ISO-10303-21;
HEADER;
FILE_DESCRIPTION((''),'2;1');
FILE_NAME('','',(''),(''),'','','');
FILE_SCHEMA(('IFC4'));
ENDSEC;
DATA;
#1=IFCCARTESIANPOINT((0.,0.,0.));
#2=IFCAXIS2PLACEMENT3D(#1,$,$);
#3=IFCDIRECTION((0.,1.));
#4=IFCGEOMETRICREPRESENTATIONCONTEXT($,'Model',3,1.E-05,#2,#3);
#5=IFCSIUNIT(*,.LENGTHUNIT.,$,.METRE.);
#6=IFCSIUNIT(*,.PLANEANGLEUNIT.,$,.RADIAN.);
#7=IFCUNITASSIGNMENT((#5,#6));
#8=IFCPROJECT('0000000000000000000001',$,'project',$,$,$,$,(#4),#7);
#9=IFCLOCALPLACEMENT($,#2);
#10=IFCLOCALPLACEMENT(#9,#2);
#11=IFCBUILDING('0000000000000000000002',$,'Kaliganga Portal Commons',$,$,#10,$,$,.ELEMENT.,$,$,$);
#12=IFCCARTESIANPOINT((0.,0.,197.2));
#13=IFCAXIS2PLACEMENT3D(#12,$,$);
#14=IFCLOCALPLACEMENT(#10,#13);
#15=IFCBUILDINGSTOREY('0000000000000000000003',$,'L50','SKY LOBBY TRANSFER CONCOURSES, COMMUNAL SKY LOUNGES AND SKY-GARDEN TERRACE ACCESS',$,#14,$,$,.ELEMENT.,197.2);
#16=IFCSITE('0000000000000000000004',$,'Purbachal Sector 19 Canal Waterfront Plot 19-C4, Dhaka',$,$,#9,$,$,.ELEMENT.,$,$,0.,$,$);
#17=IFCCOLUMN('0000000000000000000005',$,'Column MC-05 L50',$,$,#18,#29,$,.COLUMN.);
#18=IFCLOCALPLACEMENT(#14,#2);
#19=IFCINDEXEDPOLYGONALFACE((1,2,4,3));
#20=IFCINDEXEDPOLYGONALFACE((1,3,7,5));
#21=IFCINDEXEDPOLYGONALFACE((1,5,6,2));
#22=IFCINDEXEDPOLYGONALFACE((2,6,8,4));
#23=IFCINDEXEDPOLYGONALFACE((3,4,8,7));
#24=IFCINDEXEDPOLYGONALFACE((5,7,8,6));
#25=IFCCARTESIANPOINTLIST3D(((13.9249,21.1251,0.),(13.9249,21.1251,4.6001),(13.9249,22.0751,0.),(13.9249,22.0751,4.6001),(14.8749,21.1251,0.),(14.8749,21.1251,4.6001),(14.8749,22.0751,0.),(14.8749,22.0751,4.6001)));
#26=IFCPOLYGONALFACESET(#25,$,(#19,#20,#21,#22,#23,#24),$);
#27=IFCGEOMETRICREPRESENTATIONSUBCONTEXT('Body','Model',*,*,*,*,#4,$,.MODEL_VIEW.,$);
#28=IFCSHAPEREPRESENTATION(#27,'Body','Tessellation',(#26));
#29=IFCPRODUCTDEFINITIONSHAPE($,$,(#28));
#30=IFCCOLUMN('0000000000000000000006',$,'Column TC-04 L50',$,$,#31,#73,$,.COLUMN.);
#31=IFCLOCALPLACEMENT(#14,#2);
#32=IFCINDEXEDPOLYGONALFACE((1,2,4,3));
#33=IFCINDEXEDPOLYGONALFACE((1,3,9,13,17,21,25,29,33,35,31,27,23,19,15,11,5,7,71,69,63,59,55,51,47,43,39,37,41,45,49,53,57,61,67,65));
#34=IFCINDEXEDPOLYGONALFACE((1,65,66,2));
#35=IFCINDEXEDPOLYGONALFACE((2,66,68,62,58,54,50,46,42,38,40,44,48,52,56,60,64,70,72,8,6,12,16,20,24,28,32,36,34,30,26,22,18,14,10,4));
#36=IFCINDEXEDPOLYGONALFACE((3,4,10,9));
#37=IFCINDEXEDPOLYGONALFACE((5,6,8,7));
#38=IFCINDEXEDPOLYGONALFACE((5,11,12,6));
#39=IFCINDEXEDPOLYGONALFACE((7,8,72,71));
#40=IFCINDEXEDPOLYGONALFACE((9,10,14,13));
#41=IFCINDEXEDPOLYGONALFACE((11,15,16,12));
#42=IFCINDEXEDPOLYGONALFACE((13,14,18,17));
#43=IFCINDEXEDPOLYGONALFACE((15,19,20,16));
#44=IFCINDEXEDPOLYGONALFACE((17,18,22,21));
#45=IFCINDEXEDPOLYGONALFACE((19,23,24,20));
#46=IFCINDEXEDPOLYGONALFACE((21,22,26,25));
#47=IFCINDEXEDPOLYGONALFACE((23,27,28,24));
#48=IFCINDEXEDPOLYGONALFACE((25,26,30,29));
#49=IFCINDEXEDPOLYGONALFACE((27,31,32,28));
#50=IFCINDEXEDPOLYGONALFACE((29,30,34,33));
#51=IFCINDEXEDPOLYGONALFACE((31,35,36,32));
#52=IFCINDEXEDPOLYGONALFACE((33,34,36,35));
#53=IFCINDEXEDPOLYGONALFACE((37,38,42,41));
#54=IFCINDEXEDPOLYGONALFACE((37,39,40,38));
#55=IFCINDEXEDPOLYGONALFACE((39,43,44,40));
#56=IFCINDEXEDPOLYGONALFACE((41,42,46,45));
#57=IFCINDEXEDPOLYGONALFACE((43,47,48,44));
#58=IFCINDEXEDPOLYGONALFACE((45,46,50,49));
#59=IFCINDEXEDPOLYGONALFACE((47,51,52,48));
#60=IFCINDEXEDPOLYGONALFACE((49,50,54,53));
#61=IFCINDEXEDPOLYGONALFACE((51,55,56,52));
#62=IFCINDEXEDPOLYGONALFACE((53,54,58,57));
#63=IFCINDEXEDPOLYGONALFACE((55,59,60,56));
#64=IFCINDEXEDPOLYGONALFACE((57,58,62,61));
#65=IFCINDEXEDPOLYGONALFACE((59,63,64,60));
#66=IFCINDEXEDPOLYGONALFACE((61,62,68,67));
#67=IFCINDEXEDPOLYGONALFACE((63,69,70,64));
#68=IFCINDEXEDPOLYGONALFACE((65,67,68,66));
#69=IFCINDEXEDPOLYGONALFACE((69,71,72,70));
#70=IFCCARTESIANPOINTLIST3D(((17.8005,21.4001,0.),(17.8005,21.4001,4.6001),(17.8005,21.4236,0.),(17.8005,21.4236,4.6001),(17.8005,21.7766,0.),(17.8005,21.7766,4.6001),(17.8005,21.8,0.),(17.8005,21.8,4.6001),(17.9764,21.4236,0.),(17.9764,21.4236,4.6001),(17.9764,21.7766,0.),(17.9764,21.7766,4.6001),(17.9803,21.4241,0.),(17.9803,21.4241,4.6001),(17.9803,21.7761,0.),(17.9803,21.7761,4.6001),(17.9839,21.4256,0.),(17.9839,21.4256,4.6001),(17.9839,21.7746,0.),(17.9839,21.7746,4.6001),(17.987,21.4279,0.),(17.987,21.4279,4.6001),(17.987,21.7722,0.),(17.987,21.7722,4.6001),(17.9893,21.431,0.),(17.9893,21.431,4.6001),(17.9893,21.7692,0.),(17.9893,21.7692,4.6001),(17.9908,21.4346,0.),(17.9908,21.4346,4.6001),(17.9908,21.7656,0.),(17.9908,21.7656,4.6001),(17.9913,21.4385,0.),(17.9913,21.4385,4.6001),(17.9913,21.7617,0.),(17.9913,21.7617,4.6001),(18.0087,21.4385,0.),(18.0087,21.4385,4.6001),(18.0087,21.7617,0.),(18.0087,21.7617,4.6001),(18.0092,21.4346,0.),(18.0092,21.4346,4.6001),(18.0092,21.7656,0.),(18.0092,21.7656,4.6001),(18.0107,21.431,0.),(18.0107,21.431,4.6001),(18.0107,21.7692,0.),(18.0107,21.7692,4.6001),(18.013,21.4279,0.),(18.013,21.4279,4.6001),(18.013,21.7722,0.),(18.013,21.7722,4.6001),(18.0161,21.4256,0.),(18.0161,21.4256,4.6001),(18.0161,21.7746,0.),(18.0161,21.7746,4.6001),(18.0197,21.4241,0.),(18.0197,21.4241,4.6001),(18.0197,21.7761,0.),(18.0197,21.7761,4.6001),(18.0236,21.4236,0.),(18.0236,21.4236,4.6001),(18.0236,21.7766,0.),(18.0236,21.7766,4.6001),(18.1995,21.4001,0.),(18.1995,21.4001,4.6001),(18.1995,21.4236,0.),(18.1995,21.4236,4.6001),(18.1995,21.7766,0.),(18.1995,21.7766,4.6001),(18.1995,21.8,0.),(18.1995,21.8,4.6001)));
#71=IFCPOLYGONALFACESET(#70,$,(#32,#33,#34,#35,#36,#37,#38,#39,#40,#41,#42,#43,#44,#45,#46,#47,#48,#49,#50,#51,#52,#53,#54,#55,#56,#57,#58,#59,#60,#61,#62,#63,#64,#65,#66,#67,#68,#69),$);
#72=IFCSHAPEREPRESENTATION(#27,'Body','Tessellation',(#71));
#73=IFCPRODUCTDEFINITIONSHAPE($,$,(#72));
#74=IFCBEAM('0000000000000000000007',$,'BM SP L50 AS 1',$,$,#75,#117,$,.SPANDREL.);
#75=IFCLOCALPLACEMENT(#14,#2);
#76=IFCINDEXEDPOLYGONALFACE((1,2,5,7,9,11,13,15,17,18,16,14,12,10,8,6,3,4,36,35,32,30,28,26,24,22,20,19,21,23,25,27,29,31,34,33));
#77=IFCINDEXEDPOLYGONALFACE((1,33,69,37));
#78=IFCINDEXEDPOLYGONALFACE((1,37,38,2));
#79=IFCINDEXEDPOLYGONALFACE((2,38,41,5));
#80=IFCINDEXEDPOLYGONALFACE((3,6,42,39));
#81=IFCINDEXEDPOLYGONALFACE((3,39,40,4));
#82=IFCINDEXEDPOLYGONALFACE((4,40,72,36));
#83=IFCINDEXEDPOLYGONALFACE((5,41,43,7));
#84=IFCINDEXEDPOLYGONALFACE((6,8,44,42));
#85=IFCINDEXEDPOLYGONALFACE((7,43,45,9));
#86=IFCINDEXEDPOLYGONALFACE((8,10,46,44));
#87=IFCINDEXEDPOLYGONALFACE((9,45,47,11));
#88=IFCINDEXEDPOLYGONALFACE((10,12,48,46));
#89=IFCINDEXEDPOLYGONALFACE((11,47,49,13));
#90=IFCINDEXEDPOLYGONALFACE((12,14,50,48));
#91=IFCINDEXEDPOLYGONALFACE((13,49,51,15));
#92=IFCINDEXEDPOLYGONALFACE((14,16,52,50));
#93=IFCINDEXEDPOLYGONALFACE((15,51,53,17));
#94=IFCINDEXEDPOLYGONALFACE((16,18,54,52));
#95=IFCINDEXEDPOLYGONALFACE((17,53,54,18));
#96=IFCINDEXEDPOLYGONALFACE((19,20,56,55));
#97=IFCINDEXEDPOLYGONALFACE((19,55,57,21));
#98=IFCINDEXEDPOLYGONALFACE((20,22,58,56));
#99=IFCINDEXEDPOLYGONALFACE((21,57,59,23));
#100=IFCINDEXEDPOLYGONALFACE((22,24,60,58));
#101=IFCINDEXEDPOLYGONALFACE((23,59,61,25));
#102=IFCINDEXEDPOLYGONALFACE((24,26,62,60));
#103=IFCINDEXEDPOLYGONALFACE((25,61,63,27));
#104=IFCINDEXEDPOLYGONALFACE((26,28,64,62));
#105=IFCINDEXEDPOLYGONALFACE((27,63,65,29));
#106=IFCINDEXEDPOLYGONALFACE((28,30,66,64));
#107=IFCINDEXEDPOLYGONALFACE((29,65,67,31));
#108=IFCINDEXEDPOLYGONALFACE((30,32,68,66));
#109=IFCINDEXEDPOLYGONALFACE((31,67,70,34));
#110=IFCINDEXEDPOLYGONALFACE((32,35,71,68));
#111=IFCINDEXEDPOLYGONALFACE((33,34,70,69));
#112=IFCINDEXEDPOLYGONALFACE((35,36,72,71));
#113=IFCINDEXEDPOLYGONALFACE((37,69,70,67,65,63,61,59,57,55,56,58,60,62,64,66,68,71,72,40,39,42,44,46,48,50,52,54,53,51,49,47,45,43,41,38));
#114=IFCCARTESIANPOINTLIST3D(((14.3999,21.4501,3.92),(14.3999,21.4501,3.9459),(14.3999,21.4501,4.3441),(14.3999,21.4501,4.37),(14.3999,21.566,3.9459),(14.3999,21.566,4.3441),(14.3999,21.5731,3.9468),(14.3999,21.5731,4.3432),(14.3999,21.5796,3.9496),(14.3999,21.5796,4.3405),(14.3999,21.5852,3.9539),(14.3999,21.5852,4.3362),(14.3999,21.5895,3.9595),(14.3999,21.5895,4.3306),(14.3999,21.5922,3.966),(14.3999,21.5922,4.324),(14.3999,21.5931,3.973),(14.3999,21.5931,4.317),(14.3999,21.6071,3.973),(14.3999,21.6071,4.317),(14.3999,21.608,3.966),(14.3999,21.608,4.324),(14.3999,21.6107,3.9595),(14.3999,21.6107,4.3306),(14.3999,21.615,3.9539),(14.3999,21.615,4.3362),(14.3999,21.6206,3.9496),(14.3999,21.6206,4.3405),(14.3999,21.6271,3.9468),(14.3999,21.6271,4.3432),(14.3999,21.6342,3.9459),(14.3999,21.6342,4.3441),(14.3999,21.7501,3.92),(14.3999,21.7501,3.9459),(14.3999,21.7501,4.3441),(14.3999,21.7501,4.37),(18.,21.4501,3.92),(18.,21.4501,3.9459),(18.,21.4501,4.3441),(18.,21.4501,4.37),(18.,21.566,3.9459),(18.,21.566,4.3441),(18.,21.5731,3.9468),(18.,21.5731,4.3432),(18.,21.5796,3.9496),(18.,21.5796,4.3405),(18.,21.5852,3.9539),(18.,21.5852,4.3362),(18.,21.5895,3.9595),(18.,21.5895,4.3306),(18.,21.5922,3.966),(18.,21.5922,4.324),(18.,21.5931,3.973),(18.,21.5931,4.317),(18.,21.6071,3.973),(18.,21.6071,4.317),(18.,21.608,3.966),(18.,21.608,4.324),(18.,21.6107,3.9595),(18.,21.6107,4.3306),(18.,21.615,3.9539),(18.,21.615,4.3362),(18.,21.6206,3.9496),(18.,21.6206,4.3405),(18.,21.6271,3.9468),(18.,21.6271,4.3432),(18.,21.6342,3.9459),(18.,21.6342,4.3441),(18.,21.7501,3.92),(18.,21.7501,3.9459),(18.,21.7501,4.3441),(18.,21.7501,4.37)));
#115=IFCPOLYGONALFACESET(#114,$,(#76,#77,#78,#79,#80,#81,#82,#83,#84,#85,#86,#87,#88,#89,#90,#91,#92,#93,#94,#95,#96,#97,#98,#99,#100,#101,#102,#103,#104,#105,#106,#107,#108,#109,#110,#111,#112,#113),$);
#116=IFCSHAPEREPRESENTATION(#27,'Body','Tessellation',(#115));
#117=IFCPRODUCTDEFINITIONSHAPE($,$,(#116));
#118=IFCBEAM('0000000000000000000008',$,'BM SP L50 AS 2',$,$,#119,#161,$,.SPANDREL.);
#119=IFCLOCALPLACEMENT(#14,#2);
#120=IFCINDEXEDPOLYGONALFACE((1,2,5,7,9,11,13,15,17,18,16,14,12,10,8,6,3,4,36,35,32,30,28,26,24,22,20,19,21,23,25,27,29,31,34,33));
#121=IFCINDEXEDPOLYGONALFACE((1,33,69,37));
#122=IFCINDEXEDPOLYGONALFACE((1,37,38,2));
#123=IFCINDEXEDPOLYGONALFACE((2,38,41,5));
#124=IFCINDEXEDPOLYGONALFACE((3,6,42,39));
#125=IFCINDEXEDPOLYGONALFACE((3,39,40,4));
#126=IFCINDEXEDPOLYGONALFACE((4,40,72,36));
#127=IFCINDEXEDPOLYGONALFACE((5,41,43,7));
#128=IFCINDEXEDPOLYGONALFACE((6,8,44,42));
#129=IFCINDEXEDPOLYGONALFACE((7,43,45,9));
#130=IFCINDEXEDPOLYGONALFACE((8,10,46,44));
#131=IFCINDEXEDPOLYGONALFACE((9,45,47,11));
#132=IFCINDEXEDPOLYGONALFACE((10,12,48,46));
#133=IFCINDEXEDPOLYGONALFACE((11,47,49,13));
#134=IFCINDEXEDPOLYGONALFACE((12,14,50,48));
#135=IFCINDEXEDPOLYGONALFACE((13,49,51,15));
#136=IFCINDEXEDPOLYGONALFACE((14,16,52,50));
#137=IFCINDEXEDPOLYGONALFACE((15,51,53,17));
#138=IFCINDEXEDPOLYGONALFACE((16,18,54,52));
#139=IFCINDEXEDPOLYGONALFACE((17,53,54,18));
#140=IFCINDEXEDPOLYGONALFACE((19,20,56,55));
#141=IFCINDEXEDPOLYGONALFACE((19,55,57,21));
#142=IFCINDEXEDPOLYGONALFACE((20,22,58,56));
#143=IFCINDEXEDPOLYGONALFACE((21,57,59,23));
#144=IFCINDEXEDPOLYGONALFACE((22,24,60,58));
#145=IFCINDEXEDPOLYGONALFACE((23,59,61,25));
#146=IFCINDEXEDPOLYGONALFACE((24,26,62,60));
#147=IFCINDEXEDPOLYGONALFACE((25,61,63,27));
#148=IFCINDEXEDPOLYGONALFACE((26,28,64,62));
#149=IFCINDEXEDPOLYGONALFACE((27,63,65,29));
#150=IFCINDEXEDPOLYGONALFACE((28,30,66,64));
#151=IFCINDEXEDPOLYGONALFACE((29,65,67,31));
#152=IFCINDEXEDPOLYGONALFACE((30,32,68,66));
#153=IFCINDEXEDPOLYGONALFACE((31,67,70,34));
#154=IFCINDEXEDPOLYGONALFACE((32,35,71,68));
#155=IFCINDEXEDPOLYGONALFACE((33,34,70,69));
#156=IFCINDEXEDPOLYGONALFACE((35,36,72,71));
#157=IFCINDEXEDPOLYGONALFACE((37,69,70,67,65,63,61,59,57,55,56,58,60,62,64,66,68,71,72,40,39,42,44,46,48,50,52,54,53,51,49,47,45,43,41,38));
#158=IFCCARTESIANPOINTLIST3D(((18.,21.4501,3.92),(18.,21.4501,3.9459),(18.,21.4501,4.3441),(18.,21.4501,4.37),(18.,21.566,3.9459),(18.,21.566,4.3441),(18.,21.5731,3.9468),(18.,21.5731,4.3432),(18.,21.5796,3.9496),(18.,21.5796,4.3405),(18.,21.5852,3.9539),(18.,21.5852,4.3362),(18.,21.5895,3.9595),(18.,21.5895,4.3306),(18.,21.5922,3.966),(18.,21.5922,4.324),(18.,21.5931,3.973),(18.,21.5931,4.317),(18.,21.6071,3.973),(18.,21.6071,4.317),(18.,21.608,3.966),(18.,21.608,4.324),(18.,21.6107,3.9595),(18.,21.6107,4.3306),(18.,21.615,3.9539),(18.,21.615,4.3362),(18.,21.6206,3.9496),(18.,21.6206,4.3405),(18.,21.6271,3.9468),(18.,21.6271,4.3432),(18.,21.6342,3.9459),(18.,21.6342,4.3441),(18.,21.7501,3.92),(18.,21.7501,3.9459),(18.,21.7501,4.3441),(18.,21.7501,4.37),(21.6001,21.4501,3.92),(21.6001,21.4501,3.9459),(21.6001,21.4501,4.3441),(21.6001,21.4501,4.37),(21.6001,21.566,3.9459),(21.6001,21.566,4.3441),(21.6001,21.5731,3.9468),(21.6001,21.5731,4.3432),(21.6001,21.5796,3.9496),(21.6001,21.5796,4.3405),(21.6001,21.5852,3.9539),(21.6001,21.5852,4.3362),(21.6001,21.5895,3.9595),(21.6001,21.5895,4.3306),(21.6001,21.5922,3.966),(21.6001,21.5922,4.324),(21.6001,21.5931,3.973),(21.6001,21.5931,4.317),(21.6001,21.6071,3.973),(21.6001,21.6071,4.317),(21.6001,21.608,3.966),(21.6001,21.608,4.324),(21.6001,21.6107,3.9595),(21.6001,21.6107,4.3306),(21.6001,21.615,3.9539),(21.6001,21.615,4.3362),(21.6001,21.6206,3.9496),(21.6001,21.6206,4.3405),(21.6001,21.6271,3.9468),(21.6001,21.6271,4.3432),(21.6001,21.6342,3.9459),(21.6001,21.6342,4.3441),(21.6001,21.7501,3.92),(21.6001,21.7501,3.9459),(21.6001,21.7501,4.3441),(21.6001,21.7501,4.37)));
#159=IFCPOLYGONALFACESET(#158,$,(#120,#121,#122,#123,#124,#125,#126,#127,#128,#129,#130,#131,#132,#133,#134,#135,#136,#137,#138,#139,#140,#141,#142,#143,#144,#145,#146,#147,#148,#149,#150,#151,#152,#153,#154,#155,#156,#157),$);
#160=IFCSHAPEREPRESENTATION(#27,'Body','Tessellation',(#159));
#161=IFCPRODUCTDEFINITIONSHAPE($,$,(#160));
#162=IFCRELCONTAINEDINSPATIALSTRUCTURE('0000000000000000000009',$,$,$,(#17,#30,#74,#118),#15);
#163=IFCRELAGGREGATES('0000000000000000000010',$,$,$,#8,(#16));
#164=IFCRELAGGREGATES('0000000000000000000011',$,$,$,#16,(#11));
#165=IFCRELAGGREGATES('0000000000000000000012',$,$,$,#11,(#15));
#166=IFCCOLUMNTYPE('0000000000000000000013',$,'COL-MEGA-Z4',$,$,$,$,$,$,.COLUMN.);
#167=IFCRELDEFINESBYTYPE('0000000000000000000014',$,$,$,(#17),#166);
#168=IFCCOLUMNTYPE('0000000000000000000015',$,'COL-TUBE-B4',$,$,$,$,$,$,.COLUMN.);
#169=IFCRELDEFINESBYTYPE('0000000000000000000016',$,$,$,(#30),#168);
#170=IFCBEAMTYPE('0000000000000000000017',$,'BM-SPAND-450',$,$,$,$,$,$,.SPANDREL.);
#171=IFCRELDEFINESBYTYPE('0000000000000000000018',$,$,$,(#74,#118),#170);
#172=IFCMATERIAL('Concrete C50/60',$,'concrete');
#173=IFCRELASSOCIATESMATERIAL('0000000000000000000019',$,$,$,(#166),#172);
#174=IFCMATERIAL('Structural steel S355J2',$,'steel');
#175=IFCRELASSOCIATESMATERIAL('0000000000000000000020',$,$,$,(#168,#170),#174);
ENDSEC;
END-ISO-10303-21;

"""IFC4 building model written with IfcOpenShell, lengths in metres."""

from ifc_helpers import new_model, si_unit, direction, frame, origin, origin_2d, place, context, subcontext, project, spatial, rectangle, i_section, extrude, source, transform, mapped, material, material_profile, profile_set, type_object, element, save


model = new_model("IFC4")

# Units and contexts
model_context = context("Model", 3, precision=1e-05, world=origin(), true_north=direction((0.0, 1.0)))
body_context = subcontext(model_context, "Body", "Model", "MODEL_VIEW")
ifc_project = project(units=[si_unit("LENGTHUNIT", "METRE"), si_unit("PLANEANGLEUNIT", "RADIAN")], contexts=[model_context])

# Site, building, storey
site_placement = place(None, origin())
site = spatial("IfcSite", under=ifc_project, at=site_placement, Name="Purbachal Sector 19 Canal Waterfront Plot 19-C4, Dhaka", CompositionType="ELEMENT", RefElevation=0.0)
building_placement = place(site_placement, origin())
building = spatial("IfcBuilding", under=site, at=building_placement, Name="Kaliganga Portal Commons", CompositionType="ELEMENT")
storey_placement = place(building_placement, frame((0.0, 0.0, 197.2)))
storey = spatial("IfcBuildingStorey", under=building, at=storey_placement, Name="L50", Description="SKY LOBBY TRANSFER CONCOURSES, COMMUNAL SKY LOUNGES AND SKY-GARDEN TERRACE ACCESS", CompositionType="ELEMENT", Elevation=197.2)

# Columns
ifc_material_1 = material(Name="Concrete C50/60", Category="concrete")
ifc_material_profile_1 = material_profile(ifc_material_1, rectangle(XDim=0.95, YDim=0.95, at=origin_2d()), Name="RC 950x950")
ifc_profile_set_1 = profile_set([ifc_material_profile_1], Name="Concrete C50/60")
column_type_1 = type_object("IfcColumnType", Name="COL-MEGA-Z4", PredefinedType="COLUMN", material=ifc_profile_set_1)
shared_shape_1 = source(origin(), body_context, "Body", "SweptSolid", [
    extrude(rectangle(XDim=0.95, YDim=0.95, at=origin_2d()), origin(), (0.0, 0.0, 1.0), 4.6001),
])
column_1_placement = place(storey_placement, frame((14.3999, 21.6001, 0.0), z_axis=(0.0, 0.0, 1.0), x_axis=(1.0, 0.0, 0.0)))
element("IfcColumn", 1, at=column_1_placement, inside=storey, type_object=column_type_1, Name="Column MC-05 L50", PredefinedType="COLUMN", context=body_context, shape_type="MappedRepresentation", body=[
    mapped(shared_shape_1, transform((0.0, 0.0, 0.0), x_axis=(1.0, 0.0, 0.0), y_axis=(0.0, 1.0, 0.0), z_axis=(0.0, 0.0, 1.0), scale=1.0)),
])
ifc_material_2 = material(Name="Structural steel S355J2", Category="steel")
ifc_material_profile_2 = material_profile(ifc_material_2, i_section(OverallWidth=0.3989, OverallDepth=0.3999, WebThickness=0.0173, FlangeThickness=0.0234, FilletRadius=0.0149, at=origin_2d()), Name="HD 400x287")
ifc_profile_set_2 = profile_set([ifc_material_profile_2], Name="Structural steel S355J2 wide-flange")
column_type_2 = type_object("IfcColumnType", Name="COL-TUBE-B4", PredefinedType="COLUMN", material=ifc_profile_set_2)
shared_shape_2 = source(origin(), body_context, "Body", "SweptSolid", [
    extrude(i_section(OverallWidth=0.3989, OverallDepth=0.3999, WebThickness=0.0173, FlangeThickness=0.0234, FilletRadius=0.0149, at=origin_2d()), origin(), (0.0, 0.0, 1.0), 4.6001),
])
column_2_placement = place(storey_placement, frame((18.0, 21.6001, 0.0), z_axis=(0.0, 0.0, 1.0), x_axis=(1.0, 0.0, 0.0)))
element("IfcColumn", 2, at=column_2_placement, inside=storey, type_object=column_type_2, Name="Column TC-04 L50", PredefinedType="COLUMN", context=body_context, shape_type="MappedRepresentation", body=[
    mapped(shared_shape_2, transform((0.0, 0.0, 0.0), x_axis=(1.0, 0.0, 0.0), y_axis=(0.0, 1.0, 0.0), z_axis=(0.0, 0.0, 1.0), scale=1.0)),
])

# Beams
ifc_material_profile_3 = material_profile(ifc_material_2, i_section(OverallWidth=0.3, OverallDepth=0.45, WebThickness=0.0139, FlangeThickness=0.0259, FilletRadius=0.0271, at=origin_2d()), Name="HE 450 B")
ifc_profile_set_3 = profile_set([ifc_material_profile_3], Name="Structural steel S355J2 wide-flange")
beam_type_1 = type_object("IfcBeamType", Name="BM-SPAND-450", PredefinedType="SPANDREL", material=ifc_profile_set_3)
shared_shape_3 = source(origin(), body_context, "Body", "SweptSolid", [
    extrude(i_section(OverallWidth=0.3, OverallDepth=0.45, WebThickness=0.0139, FlangeThickness=0.0259, FilletRadius=0.0271, at=origin_2d()), origin(), (0.0, 0.0, 1.0), 3.6001),
])
for number, where, z_axis, x_axis, name in (
    (3, (14.3999, 21.6001, 4.145), (1.0, 0.0, 0.0), (0.0, 1.0, 0.0), "BM SP L50 AS 1"),
    (4, (18.0, 21.6001, 4.145), (1.0, 0.0, 0.0), (0.0, 1.0, 0.0), "BM SP L50 AS 2"),
):
    element("IfcBeam", number, at=place(storey_placement, frame(where, z_axis=z_axis, x_axis=x_axis)), inside=storey, type_object=beam_type_1, Name=name, PredefinedType="SPANDREL", context=body_context, shape_type="MappedRepresentation", body=[
        mapped(shared_shape_3, transform((0.0, 0.0, 0.0), x_axis=(1.0, 0.0, 0.0), y_axis=(0.0, 1.0, 0.0), z_axis=(0.0, 0.0, 1.0), scale=1.0)),
    ])

save(model, "model.ifc")
